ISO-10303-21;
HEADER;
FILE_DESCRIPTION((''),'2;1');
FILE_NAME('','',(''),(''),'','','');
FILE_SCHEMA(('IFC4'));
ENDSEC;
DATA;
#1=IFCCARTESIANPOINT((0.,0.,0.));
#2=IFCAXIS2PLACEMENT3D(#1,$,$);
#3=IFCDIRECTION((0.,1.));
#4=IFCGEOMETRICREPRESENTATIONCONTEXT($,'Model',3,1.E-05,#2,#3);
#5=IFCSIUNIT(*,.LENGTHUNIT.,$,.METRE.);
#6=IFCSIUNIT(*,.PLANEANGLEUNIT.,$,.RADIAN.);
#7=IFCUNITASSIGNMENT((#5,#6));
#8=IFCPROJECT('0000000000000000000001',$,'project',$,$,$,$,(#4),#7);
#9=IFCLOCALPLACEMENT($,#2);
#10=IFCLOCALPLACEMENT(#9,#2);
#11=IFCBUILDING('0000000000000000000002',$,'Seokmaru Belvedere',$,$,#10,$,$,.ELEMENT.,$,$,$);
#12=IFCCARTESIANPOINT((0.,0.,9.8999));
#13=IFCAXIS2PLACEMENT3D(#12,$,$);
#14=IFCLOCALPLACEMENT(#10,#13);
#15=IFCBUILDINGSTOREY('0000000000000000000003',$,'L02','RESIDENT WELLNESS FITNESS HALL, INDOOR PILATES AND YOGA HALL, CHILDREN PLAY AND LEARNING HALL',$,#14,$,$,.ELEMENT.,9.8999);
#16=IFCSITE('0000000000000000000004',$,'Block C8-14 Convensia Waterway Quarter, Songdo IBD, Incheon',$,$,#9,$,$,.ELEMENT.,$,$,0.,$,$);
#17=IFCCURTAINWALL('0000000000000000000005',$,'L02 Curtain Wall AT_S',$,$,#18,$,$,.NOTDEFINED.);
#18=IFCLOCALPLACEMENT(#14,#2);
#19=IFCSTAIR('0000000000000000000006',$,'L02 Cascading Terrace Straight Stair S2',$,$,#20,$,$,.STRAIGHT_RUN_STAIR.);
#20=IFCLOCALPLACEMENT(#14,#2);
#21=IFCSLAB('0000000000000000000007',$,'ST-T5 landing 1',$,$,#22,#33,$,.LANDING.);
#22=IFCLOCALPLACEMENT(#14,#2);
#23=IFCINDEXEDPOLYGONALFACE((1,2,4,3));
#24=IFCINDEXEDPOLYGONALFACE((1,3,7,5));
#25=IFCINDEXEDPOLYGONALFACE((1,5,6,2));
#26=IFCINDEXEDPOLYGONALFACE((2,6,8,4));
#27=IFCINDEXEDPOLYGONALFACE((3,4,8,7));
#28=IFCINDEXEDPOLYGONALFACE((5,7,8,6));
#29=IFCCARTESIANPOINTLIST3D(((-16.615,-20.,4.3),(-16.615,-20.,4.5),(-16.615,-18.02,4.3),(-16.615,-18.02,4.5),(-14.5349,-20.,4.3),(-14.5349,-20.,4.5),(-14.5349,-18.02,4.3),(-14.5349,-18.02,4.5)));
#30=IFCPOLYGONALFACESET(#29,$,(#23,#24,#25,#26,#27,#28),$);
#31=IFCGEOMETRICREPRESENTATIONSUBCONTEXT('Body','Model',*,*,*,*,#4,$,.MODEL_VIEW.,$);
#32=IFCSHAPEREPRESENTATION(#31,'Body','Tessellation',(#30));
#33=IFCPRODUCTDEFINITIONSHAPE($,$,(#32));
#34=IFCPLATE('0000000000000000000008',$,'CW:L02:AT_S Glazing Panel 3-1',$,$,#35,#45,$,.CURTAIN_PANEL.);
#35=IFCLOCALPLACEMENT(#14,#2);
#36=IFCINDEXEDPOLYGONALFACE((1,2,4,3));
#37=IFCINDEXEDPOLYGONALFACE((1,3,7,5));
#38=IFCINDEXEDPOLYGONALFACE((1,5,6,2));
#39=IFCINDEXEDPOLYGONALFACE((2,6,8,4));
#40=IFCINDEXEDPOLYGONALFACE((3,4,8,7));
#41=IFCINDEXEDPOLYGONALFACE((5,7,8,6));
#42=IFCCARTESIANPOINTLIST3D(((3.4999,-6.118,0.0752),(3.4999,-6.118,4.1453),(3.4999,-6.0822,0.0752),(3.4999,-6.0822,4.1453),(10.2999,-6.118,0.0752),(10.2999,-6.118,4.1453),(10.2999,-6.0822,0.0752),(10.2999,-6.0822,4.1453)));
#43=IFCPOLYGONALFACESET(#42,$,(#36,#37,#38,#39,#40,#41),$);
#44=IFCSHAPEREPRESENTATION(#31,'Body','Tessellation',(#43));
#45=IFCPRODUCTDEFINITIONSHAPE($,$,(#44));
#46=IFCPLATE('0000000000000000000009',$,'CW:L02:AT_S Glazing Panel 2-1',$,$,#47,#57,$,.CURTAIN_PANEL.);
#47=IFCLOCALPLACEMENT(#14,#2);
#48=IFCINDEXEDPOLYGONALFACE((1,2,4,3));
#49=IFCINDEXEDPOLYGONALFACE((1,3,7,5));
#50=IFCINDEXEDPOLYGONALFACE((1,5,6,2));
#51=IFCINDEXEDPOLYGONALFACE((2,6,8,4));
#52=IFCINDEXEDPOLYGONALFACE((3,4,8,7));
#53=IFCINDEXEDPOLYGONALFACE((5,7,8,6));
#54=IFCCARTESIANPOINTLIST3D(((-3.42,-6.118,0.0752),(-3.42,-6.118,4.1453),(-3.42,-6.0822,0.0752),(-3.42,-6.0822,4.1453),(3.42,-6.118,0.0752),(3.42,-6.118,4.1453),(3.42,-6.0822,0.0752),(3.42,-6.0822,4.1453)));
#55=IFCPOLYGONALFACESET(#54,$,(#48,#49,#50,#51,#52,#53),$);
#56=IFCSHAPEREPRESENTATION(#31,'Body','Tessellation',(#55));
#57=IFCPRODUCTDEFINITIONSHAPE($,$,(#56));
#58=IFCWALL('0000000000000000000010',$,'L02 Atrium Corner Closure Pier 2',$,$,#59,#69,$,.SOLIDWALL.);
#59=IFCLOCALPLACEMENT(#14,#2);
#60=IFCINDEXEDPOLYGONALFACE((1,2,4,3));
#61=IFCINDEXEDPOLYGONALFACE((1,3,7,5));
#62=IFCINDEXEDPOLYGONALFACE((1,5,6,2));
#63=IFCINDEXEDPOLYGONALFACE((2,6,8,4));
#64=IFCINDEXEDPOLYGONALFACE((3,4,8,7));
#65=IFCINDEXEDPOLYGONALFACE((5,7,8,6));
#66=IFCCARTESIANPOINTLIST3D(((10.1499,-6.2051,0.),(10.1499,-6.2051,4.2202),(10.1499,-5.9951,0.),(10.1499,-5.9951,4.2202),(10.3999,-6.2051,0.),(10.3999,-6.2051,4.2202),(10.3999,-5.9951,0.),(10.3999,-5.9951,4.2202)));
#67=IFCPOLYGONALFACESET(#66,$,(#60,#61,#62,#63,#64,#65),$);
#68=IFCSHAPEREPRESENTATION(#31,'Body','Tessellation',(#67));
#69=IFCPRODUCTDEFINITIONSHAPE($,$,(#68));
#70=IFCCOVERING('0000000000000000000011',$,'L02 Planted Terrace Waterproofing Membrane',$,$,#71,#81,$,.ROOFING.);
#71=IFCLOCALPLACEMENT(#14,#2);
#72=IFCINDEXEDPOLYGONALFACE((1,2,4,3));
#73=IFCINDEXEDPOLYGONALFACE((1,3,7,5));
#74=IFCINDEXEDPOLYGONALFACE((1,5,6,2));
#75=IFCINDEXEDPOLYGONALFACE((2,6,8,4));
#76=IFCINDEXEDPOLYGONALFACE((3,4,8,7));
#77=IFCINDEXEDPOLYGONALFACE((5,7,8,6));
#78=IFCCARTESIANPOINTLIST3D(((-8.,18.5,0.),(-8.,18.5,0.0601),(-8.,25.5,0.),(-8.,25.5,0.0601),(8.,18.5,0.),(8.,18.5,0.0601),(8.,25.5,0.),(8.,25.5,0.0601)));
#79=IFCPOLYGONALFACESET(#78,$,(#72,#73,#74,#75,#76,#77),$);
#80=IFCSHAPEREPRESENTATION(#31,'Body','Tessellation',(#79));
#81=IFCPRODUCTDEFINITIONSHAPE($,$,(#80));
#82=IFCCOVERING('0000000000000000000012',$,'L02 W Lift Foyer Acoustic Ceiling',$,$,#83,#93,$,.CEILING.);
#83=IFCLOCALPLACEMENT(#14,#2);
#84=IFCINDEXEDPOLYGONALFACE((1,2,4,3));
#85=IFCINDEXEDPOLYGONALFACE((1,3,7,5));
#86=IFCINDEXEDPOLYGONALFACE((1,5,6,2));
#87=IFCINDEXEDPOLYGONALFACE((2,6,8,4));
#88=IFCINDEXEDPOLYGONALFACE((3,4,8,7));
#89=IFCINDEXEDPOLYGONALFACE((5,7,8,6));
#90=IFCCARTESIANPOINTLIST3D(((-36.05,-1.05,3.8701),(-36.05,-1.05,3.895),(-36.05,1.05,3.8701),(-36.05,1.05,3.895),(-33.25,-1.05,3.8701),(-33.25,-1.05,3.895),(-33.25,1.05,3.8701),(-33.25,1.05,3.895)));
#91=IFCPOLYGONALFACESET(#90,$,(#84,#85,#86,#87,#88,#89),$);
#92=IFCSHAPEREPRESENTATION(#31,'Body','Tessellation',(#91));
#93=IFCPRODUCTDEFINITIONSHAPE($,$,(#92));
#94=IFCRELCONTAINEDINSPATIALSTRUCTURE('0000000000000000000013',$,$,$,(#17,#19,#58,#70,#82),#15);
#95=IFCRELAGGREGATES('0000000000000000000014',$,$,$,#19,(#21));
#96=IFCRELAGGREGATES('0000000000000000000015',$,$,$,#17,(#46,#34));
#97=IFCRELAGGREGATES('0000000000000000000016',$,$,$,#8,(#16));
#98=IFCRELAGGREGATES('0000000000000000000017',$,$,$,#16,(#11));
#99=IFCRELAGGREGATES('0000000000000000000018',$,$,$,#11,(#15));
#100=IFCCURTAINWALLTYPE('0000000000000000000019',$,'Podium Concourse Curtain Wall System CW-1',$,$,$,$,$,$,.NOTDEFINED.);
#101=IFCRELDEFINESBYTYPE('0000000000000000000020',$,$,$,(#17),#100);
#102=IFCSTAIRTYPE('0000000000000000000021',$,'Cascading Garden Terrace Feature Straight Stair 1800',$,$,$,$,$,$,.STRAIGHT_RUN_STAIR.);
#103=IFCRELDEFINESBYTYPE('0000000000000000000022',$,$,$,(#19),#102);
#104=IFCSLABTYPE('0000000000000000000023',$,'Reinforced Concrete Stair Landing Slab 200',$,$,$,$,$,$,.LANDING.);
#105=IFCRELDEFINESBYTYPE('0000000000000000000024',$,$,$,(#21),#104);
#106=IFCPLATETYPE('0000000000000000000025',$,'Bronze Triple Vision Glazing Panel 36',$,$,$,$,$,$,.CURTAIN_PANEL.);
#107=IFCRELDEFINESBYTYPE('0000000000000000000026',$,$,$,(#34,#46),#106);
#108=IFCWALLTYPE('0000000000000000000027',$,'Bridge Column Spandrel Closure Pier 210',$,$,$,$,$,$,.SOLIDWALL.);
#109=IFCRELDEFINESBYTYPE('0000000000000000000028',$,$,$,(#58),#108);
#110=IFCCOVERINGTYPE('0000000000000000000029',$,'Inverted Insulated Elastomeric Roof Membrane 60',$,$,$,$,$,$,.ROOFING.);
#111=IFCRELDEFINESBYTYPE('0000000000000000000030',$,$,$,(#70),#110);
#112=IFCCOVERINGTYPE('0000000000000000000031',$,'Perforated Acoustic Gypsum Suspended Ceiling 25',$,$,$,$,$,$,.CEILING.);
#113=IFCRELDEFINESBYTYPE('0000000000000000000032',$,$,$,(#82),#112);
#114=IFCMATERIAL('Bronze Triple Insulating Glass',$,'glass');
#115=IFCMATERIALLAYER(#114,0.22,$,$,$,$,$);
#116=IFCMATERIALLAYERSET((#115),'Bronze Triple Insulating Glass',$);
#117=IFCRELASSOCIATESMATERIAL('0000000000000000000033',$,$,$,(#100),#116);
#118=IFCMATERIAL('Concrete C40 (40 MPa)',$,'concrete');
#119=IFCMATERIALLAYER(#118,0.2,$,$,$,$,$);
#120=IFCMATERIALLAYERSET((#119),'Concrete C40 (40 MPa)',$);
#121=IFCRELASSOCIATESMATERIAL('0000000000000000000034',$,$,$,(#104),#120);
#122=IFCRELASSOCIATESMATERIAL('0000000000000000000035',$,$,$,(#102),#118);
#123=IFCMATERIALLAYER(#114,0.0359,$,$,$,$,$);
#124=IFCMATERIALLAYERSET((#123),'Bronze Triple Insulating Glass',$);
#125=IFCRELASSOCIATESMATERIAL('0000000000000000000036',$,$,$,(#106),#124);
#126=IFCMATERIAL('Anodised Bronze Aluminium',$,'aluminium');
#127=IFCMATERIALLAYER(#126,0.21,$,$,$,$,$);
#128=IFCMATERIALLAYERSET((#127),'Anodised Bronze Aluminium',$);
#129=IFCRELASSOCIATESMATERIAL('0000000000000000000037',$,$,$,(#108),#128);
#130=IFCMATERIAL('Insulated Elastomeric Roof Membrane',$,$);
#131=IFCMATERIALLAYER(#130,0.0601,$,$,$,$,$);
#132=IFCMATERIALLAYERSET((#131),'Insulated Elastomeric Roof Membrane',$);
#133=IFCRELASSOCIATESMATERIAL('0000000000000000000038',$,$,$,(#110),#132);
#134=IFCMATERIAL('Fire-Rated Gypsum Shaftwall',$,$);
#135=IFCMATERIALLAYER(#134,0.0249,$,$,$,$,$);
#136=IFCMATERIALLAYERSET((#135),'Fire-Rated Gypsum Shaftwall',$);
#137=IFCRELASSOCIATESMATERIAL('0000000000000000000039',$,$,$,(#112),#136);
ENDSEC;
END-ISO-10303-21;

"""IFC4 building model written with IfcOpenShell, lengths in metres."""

from ifc_helpers import new_model, si_unit, direction, frame, frame_2d, origin, origin_2d, place, context, subcontext, project, spatial, polyline, rectangle, outline, extrude, source, transform, mapped, material, layer, layer_set, type_object, type_shapes, element, aggregate, save


model = new_model("IFC4")

# Units and contexts
model_context = context("Model", 3, precision=1e-05, world=origin(), true_north=direction((0.0, 1.0)))
body_context = subcontext(model_context, "Body", "Model", "MODEL_VIEW")
ifc_project = project(units=[si_unit("LENGTHUNIT", "METRE"), si_unit("PLANEANGLEUNIT", "RADIAN")], contexts=[model_context])

# Site, building, storey
site_placement = place(None, origin())
site = spatial("IfcSite", under=ifc_project, at=site_placement, Name="Block C8-14 Convensia Waterway Quarter, Songdo IBD, Incheon", CompositionType="ELEMENT", RefElevation=0.0)
building_placement = place(site_placement, origin())
building = spatial("IfcBuilding", under=site, at=building_placement, Name="Seokmaru Belvedere", CompositionType="ELEMENT")
storey_placement = place(building_placement, frame((0.0, 0.0, 9.8999)))
storey = spatial("IfcBuildingStorey", under=building, at=storey_placement, Name="L02", Description="RESIDENT WELLNESS FITNESS HALL, INDOOR PILATES AND YOGA HALL, CHILDREN PLAY AND LEARNING HALL", CompositionType="ELEMENT", Elevation=9.8999)

# Curtain wall
ifc_material_1 = material(Name="Bronze Triple Insulating Glass", Category="glass")
ifc_layer_1 = layer(ifc_material_1, 0.22)
ifc_layer_set_1 = layer_set([ifc_layer_1], Name="Bronze Triple Insulating Glass")
curtain_wall_type = type_object("IfcCurtainWallType", Name="Podium Concourse Curtain Wall System CW-1", PredefinedType="NOTDEFINED", material=ifc_layer_set_1)
curtain_wall_1_placement = place(storey_placement, origin())
curtain_wall_1 = element("IfcCurtainWall", 1, at=curtain_wall_1_placement, inside=storey, type_object=curtain_wall_type, Name="L02 Curtain Wall AT_S", PredefinedType="NOTDEFINED")
ifc_material_2 = material(Name="Anodised Bronze Aluminium", Category="aluminium")

# Shared definitions
ifc_material_3 = material(Name="Concrete C40 (40 MPa)", Category="concrete")

# Stair, slab
ifc_layer_2 = layer(ifc_material_3, 0.2)
ifc_layer_set_2 = layer_set([ifc_layer_2], Name="Concrete C40 (40 MPa)")
slab_type_1 = type_object("IfcSlabType", Name="Reinforced Concrete Stair Landing Slab 200", PredefinedType="LANDING", material=ifc_layer_set_2)
stair_type_1 = type_object("IfcStairType", Name="Cascading Garden Terrace Feature Straight Stair 1800", PredefinedType="STRAIGHT_RUN_STAIR", material=ifc_material_3)
stair_1_placement = place(storey_placement, origin())
stair_1 = element("IfcStair", 2, at=stair_1_placement, inside=storey, type_object=stair_type_1, Name="L02 Cascading Terrace Straight Stair S2", PredefinedType="STRAIGHT_RUN_STAIR")
slab_1_placement = place(storey_placement, frame((0.0, 0.0, 4.3)))
slab_1 = element("IfcSlab", 3, at=slab_1_placement, type_object=slab_type_1, Name="ST-T5 landing 1", PredefinedType="LANDING", context=body_context, shape_type="SweptSolid", body=[
    extrude(outline(polyline([(-16.615, -20.0), (-14.5349, -20.0), (-14.5349, -18.02), (-16.615, -18.02), (-16.615, -20.0)])), origin(), (0.0, 0.0, 1.0), 0.2),
])
aggregate(stair_1, [slab_1])

# Plates
ifc_layer_3 = layer(ifc_material_1, 0.0359)
ifc_layer_set_3 = layer_set([ifc_layer_3], Name="Bronze Triple Insulating Glass")
plate_type = type_object("IfcPlateType", Name="Bronze Triple Vision Glazing Panel 36", PredefinedType="CURTAIN_PANEL", material=ifc_layer_set_3)
shared_shape_1 = source(origin(), body_context, "Body", "SweptSolid", [
    extrude(rectangle(XDim=6.8, YDim=0.0359, at=origin_2d()), origin(), (0.0, 0.0, 1.0), 4.0701),
])
plate_1_placement = place(storey_placement, frame((6.8999, -6.1001, 0.0752), z_axis=(0.0, 0.0, 1.0), x_axis=(1.0, 0.0, 0.0)))
plate_1 = element("IfcPlate", 4, at=plate_1_placement, type_object=plate_type, Name="CW:L02:AT_S Glazing Panel 3-1", PredefinedType="CURTAIN_PANEL", context=body_context, shape_type="MappedRepresentation", body=[
    mapped(shared_shape_1, transform((0.0, 0.0, 0.0), scale=1.0)),
])
shared_shape_2 = source(origin(), body_context, "Body", "SweptSolid", [
    extrude(rectangle(XDim=6.8401, YDim=0.0359, at=origin_2d()), origin(), (0.0, 0.0, 1.0), 4.0701),
])
type_shapes(plate_type, [shared_shape_1, shared_shape_2])
plate_2_placement = place(storey_placement, frame((0.0, -6.1001, 0.0752), z_axis=(0.0, 0.0, 1.0), x_axis=(1.0, 0.0, 0.0)))
plate_2 = element("IfcPlate", 5, at=plate_2_placement, type_object=plate_type, Name="CW:L02:AT_S Glazing Panel 2-1", PredefinedType="CURTAIN_PANEL", context=body_context, shape_type="MappedRepresentation", body=[
    mapped(shared_shape_2, transform((0.0, 0.0, 0.0), scale=1.0)),
])
aggregate(curtain_wall_1, [plate_2, plate_1])

# Wall
ifc_layer_4 = layer(ifc_material_2, 0.21)
ifc_layer_set_4 = layer_set([ifc_layer_4], Name="Anodised Bronze Aluminium")
wall_type = type_object("IfcWallType", Name="Bridge Column Spandrel Closure Pier 210", PredefinedType="SOLIDWALL", material=ifc_layer_set_4)
wall_placement = place(storey_placement, frame((10.3999, -6.1001, 0.0), z_axis=(0.0, 0.0, 1.0), x_axis=(-1.0, 0.0, 0.0)))
element("IfcWall", 6, at=wall_placement, inside=storey, type_object=wall_type, Name="L02 Atrium Corner Closure Pier 2", PredefinedType="SOLIDWALL", context=body_context, shape_type="SweptSolid", body=[
    extrude(rectangle(XDim=0.25, YDim=0.21, at=frame_2d((0.125, 0.0))), origin(), (0.0, 0.0, 1.0), 4.2202),
])

# Coverings
ifc_material_4 = material(Name="Insulated Elastomeric Roof Membrane")
ifc_layer_5 = layer(ifc_material_4, 0.0601)
ifc_layer_set_5 = layer_set([ifc_layer_5], Name="Insulated Elastomeric Roof Membrane")
covering_type_1 = type_object("IfcCoveringType", Name="Inverted Insulated Elastomeric Roof Membrane 60", PredefinedType="ROOFING", material=ifc_layer_set_5)
covering_1_placement = place(storey_placement, origin())
element("IfcCovering", 7, at=covering_1_placement, inside=storey, type_object=covering_type_1, Name="L02 Planted Terrace Waterproofing Membrane", PredefinedType="ROOFING", context=body_context, shape_type="SweptSolid", body=[
    extrude(outline(polyline([(-8.0, 18.5), (8.0, 18.5), (8.0, 25.5), (-8.0, 25.5), (-8.0, 18.5)])), origin(), (0.0, 0.0, 1.0), 0.0601),
])
ifc_material_5 = material(Name="Fire-Rated Gypsum Shaftwall")
ifc_layer_6 = layer(ifc_material_5, 0.0249)
ifc_layer_set_6 = layer_set([ifc_layer_6], Name="Fire-Rated Gypsum Shaftwall")
covering_type_2 = type_object("IfcCoveringType", Name="Perforated Acoustic Gypsum Suspended Ceiling 25", PredefinedType="CEILING", material=ifc_layer_set_6)
covering_2_placement = place(storey_placement, frame((0.0, 0.0, 3.8701)))
element("IfcCovering", 8, at=covering_2_placement, inside=storey, type_object=covering_type_2, Name="L02 W Lift Foyer Acoustic Ceiling", PredefinedType="CEILING", context=body_context, shape_type="SweptSolid", body=[
    extrude(outline(polyline([(-36.05, -1.05), (-33.25, -1.05), (-33.25, 1.05), (-36.05, 1.05), (-36.05, -1.05)])), origin(), (0.0, 0.0, 1.0), 0.0249),
])

save(model, "model.ifc")
